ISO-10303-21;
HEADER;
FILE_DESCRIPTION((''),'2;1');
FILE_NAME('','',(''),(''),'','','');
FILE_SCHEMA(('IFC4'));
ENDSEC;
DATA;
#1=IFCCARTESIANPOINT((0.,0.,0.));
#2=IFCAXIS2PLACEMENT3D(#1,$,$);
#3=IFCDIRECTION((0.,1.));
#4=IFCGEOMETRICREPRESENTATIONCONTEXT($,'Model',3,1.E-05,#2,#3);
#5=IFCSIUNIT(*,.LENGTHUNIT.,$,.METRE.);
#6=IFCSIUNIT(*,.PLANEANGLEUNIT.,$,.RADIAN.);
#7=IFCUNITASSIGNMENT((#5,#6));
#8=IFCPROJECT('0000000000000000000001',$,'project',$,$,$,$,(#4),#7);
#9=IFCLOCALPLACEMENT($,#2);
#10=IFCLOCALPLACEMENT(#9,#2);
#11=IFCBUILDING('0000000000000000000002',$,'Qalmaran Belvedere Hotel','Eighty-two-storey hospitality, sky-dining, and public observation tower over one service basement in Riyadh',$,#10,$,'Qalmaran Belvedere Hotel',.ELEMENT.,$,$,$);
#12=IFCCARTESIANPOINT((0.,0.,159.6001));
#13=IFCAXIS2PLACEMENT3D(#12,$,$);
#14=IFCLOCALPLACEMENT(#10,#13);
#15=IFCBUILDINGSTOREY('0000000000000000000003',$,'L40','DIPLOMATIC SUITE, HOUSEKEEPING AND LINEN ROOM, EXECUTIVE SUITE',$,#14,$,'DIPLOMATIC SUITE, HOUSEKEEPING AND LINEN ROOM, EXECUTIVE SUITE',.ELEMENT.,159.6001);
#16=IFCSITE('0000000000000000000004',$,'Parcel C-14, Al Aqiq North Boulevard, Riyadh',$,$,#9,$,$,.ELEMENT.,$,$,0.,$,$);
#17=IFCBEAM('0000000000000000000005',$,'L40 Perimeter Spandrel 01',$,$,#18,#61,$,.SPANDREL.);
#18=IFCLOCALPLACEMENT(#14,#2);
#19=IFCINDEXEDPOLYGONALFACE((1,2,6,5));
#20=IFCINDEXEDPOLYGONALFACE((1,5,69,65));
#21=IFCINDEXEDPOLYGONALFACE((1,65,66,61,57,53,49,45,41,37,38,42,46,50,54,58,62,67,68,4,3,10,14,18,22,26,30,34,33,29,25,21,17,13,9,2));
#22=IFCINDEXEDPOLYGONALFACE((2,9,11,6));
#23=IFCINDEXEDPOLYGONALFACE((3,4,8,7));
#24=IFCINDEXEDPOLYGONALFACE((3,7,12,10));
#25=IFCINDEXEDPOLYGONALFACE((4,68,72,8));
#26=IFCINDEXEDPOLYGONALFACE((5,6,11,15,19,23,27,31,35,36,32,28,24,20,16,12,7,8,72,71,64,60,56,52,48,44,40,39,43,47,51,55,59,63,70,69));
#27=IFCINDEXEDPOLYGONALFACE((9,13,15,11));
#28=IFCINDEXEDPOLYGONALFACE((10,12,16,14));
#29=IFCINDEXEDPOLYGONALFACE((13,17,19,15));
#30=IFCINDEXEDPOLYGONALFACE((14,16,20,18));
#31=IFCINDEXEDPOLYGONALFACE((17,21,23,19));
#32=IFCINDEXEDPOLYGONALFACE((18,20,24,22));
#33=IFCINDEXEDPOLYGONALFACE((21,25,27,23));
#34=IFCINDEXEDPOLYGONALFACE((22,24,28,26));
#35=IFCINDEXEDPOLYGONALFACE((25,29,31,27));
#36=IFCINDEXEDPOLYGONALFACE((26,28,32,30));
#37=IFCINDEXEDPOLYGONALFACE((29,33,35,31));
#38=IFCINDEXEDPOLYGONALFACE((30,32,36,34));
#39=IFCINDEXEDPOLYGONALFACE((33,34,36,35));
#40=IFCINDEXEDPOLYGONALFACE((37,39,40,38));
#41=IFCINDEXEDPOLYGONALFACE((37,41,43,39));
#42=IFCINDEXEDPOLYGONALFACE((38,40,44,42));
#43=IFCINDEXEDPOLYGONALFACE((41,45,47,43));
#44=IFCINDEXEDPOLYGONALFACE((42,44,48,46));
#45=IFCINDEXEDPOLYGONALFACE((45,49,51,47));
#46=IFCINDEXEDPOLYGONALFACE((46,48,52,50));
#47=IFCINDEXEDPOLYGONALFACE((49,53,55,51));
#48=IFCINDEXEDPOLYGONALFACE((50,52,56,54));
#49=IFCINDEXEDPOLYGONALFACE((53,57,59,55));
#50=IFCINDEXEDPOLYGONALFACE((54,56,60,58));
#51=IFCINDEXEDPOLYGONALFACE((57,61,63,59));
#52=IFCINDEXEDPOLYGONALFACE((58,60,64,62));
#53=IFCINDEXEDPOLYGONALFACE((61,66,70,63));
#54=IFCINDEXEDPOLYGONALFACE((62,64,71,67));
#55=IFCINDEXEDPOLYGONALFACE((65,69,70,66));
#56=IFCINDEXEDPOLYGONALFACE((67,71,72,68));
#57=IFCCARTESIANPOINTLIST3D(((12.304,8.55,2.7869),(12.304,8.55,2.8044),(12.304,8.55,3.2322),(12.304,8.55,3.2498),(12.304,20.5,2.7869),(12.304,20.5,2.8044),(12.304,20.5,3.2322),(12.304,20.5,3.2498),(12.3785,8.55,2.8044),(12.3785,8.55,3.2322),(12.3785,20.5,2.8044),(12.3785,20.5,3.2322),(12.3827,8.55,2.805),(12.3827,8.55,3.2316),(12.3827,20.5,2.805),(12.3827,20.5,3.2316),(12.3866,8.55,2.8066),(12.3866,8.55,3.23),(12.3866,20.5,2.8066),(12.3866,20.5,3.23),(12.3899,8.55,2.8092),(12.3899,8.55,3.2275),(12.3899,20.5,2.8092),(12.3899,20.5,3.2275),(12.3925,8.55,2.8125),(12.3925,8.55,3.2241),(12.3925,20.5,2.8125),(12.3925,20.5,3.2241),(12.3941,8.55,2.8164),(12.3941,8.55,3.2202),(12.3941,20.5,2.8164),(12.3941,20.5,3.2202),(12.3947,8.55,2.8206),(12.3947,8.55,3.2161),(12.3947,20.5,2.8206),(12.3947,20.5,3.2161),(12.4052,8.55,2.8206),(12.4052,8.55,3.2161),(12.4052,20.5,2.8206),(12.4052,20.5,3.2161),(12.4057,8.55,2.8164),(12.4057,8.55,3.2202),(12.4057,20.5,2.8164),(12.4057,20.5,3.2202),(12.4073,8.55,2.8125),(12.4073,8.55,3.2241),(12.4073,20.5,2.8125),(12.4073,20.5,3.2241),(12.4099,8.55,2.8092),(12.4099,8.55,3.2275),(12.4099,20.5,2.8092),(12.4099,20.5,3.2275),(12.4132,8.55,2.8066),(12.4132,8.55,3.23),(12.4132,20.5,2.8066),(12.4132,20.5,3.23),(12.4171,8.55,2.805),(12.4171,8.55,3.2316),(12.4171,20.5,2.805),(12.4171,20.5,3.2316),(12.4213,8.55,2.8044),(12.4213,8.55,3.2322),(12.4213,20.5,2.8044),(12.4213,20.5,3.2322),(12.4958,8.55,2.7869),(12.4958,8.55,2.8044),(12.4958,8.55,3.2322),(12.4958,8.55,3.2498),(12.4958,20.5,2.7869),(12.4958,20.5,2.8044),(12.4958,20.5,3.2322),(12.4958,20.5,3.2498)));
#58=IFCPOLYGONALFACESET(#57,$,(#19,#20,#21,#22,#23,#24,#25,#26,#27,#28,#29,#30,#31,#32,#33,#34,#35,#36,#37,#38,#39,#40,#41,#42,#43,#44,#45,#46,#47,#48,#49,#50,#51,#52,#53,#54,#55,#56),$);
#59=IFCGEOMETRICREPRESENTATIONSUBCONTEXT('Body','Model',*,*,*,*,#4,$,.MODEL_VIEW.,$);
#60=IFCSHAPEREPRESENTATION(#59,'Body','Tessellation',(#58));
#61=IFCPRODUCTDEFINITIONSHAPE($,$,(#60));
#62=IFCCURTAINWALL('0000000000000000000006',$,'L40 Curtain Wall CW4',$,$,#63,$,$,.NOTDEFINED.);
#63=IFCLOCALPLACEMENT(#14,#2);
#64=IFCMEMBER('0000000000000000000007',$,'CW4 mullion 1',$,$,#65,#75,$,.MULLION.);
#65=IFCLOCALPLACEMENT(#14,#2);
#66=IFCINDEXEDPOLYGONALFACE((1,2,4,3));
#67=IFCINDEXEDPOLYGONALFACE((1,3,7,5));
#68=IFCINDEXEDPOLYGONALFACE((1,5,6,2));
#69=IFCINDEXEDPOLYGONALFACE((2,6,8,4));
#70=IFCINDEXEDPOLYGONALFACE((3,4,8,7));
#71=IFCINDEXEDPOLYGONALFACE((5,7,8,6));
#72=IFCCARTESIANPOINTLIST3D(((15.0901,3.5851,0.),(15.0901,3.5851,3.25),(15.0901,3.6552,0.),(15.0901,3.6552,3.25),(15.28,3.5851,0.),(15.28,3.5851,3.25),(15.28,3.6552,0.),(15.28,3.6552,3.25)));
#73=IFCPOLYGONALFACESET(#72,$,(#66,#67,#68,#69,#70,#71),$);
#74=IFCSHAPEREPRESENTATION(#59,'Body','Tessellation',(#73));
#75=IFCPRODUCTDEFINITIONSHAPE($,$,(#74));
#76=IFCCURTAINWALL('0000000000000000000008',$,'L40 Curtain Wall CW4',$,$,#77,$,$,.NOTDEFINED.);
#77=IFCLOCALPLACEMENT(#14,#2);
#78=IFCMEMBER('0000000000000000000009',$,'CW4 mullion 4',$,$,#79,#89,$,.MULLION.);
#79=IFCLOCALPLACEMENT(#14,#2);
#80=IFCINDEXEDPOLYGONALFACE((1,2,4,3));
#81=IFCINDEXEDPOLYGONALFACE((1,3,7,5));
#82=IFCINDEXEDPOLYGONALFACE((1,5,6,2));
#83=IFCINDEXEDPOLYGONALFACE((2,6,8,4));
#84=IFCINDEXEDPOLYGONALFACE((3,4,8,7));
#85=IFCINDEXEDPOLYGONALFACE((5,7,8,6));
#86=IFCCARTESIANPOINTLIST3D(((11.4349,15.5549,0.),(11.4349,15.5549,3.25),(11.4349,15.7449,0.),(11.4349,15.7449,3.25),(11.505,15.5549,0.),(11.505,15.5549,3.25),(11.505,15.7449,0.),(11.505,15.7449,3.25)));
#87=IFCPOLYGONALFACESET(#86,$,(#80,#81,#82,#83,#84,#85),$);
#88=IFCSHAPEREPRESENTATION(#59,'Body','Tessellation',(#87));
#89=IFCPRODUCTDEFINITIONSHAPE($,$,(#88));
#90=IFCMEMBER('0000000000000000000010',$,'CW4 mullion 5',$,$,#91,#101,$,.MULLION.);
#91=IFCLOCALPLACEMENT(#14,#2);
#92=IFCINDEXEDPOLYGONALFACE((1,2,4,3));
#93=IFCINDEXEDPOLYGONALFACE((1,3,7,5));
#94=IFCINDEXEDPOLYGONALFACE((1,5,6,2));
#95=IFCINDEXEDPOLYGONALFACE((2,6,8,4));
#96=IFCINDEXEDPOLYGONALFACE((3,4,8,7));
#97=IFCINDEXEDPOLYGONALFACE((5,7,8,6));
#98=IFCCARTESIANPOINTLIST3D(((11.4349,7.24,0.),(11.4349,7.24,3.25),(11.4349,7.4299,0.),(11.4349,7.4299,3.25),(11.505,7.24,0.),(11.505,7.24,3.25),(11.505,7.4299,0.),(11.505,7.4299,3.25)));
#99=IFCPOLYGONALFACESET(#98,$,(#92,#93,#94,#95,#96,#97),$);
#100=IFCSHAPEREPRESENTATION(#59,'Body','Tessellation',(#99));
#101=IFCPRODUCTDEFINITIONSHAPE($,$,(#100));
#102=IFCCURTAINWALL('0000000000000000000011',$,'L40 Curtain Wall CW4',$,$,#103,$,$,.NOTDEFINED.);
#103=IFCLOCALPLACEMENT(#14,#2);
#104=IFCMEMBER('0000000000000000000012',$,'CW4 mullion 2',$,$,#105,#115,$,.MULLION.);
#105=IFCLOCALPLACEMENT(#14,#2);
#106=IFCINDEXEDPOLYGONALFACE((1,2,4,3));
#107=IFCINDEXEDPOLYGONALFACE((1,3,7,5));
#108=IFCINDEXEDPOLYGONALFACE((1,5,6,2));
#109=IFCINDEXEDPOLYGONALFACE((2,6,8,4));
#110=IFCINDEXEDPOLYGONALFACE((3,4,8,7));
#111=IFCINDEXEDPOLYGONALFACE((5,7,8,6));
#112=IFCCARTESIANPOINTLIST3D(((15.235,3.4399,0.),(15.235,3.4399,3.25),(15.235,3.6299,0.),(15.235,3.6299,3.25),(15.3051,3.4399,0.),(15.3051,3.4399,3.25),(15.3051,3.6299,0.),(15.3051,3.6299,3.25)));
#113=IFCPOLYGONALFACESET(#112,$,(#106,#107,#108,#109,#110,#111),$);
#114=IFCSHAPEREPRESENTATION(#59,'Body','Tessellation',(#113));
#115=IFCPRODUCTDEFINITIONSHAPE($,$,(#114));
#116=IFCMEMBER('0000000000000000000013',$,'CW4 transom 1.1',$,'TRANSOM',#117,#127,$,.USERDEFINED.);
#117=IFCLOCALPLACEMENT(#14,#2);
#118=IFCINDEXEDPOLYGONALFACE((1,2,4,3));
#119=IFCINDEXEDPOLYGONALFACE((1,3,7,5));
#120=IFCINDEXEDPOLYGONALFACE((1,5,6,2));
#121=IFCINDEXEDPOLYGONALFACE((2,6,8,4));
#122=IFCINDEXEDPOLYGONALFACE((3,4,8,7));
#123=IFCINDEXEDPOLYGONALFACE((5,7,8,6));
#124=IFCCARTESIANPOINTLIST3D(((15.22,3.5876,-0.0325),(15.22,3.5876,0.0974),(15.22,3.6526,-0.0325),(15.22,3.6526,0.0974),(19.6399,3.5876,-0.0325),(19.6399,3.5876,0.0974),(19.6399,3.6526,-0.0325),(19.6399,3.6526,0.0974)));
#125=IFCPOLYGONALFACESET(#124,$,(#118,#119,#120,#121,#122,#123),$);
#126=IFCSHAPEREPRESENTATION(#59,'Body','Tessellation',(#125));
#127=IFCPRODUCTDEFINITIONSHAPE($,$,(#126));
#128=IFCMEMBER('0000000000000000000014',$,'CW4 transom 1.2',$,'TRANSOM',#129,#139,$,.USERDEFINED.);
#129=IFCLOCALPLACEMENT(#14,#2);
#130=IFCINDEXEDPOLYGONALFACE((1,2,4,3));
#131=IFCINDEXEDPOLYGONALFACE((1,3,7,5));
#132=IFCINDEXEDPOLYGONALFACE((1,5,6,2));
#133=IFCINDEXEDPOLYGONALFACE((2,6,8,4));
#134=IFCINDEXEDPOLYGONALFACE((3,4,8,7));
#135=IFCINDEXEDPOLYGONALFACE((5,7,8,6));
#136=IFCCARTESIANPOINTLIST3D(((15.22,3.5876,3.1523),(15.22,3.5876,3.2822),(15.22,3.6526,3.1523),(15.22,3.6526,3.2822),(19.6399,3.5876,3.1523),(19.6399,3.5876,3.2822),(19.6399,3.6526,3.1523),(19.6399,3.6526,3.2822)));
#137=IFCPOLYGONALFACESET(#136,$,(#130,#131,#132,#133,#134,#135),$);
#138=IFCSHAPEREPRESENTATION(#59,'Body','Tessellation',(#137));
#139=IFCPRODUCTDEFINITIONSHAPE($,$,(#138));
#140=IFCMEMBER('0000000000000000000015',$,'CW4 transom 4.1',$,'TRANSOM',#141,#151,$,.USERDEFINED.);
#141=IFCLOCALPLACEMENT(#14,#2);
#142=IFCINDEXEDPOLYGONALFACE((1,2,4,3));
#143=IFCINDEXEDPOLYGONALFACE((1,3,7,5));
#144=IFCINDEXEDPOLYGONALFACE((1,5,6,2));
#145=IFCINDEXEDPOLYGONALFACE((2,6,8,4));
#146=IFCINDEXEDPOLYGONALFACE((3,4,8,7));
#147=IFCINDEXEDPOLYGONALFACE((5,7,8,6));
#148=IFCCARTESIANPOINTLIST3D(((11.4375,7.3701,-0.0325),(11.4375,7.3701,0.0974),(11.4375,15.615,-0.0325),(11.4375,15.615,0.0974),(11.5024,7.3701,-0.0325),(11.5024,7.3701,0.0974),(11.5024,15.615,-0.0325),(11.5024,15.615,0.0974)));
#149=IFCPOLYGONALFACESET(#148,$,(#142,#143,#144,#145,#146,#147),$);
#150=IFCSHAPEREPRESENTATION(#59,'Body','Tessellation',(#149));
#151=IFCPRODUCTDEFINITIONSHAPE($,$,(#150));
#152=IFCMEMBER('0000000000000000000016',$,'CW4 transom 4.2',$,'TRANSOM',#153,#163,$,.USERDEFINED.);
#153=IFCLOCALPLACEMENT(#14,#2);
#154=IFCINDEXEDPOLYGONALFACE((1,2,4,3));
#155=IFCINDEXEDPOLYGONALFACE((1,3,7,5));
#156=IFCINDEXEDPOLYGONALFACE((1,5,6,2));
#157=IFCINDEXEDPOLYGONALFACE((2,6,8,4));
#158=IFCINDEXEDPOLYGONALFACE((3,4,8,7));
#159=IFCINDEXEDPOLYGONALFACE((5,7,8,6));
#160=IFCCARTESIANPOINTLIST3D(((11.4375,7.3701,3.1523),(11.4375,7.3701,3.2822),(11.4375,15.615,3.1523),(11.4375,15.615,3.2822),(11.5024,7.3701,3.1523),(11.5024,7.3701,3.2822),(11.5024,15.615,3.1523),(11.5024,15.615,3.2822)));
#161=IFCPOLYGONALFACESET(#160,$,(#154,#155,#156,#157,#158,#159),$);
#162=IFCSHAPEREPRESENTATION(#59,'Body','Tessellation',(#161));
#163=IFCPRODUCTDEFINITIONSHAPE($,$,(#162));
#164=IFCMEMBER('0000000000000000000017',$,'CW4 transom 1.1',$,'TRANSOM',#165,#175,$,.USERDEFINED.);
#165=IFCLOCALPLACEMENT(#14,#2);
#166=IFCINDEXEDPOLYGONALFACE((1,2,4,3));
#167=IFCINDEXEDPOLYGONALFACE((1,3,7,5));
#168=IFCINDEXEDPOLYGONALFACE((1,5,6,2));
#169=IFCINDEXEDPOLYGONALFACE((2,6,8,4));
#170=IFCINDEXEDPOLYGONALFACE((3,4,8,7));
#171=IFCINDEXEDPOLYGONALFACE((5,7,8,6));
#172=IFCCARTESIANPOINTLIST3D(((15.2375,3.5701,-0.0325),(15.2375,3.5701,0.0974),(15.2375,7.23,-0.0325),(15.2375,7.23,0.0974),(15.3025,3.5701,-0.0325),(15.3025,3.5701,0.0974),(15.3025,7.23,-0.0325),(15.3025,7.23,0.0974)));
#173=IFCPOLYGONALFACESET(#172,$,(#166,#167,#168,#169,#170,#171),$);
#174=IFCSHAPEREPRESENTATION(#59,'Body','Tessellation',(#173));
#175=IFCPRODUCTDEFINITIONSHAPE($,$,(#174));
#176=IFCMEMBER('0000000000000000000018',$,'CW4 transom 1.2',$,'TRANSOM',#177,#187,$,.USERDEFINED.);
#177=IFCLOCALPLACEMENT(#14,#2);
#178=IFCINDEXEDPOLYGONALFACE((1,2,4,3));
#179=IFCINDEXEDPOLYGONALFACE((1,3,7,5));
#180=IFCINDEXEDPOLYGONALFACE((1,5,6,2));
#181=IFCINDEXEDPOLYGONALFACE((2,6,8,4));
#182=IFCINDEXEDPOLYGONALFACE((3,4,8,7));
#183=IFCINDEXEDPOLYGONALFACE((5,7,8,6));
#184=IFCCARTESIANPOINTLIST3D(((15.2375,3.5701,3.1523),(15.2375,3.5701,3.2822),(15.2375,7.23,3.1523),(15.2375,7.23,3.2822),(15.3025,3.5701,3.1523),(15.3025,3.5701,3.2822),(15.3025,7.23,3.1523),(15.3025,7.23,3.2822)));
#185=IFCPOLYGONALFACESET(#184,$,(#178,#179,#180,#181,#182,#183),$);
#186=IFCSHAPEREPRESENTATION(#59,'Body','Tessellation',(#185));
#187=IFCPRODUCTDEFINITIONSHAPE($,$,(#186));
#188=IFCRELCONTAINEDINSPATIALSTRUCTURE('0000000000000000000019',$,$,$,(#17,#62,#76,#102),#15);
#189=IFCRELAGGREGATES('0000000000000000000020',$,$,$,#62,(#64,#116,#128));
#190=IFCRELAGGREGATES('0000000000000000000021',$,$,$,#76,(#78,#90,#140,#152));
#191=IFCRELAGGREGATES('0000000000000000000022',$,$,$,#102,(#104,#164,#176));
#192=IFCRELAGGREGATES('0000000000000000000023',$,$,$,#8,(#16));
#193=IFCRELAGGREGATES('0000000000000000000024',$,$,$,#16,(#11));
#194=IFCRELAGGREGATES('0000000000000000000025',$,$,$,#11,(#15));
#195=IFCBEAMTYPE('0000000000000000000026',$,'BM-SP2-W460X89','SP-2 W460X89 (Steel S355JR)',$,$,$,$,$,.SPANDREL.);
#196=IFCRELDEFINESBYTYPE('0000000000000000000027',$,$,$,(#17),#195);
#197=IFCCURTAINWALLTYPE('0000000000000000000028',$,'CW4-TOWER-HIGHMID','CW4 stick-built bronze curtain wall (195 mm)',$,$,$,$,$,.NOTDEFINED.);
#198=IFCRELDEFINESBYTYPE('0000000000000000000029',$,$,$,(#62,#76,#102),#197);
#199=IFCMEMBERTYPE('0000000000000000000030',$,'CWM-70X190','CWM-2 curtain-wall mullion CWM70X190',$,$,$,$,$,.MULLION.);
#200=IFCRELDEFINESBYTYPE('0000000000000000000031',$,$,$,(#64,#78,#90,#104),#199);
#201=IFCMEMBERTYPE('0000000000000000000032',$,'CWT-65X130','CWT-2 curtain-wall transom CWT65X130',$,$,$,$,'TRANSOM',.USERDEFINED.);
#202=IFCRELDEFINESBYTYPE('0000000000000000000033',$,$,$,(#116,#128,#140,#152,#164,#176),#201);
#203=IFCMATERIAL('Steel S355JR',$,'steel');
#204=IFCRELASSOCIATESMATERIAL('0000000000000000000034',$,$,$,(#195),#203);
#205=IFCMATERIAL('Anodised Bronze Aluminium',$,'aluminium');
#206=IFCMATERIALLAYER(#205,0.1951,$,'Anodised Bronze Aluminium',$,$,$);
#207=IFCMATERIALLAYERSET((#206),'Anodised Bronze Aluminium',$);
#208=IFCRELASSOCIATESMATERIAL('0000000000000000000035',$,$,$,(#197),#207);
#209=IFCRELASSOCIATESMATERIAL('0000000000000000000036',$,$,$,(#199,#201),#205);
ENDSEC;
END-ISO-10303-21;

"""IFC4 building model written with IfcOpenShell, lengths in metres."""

from ifc_helpers import new_model, si_unit, direction, frame, origin, origin_2d, place, context, subcontext, project, spatial, rectangle, i_section, extrude, material, layer, layer_set, material_profile, profile_set, type_object, element, aggregate, save


model = new_model("IFC4")

# Units and contexts
model_context = context("Model", 3, precision=1e-05, world=origin(), true_north=direction((0.0, 1.0)))
body_context = subcontext(model_context, "Body", "Model", "MODEL_VIEW")
ifc_project = project(units=[si_unit("LENGTHUNIT", "METRE"), si_unit("PLANEANGLEUNIT", "RADIAN")], contexts=[model_context])

# Site, building, storey
site_placement = place(None, origin())
site = spatial("IfcSite", under=ifc_project, at=site_placement, Name="Parcel C-14, Al Aqiq North Boulevard, Riyadh", CompositionType="ELEMENT", RefElevation=0.0)
building_placement = place(site_placement, origin())
building = spatial("IfcBuilding", under=site, at=building_placement, Name="Qalmaran Belvedere Hotel", Description="Eighty-two-storey hospitality, sky-dining, and public observation tower over one service basement in Riyadh", LongName="Qalmaran Belvedere Hotel", CompositionType="ELEMENT")
storey_placement = place(building_placement, frame((0.0, 0.0, 159.6001)))
storey = spatial("IfcBuildingStorey", under=building, at=storey_placement, Name="L40", Description="DIPLOMATIC SUITE, HOUSEKEEPING AND LINEN ROOM, EXECUTIVE SUITE", LongName="DIPLOMATIC SUITE, HOUSEKEEPING AND LINEN ROOM, EXECUTIVE SUITE", CompositionType="ELEMENT", Elevation=159.6001)

# Beam
ifc_material_1 = material(Name="Steel S355JR", Category="steel")
ifc_material_profile_1 = material_profile(ifc_material_1, i_section(OverallWidth=0.1919, OverallDepth=0.4629, WebThickness=0.0105, FlangeThickness=0.0176, FilletRadius=0.0161, at=origin_2d()), Name="W460X89")
ifc_profile_set_1 = profile_set([ifc_material_profile_1], Name="Steel S355JR")
beam_type_1 = type_object("IfcBeamType", Name="BM-SP2-W460X89", Description="SP-2 W460X89 (Steel S355JR)", PredefinedType="SPANDREL", material=ifc_profile_set_1)
beam_1_placement = place(storey_placement, frame((12.3999, 8.55, 3.0183), z_axis=(0.0, 1.0, 0.0), x_axis=(-1.0, 0.0, 0.0)))
element("IfcBeam", 1, at=beam_1_placement, inside=storey, type_object=beam_type_1, Name="L40 Perimeter Spandrel 01", PredefinedType="SPANDREL", context=body_context, shape_type="SweptSolid", body=[
    extrude(i_section(OverallWidth=0.1919, OverallDepth=0.4629, WebThickness=0.0105, FlangeThickness=0.0176, FilletRadius=0.0161, at=origin_2d()), origin(), (0.0, 0.0, 1.0), 11.95),
])

# Curtain wall, member
ifc_material_2 = material(Name="Anodised Bronze Aluminium", Category="aluminium")
ifc_layer_1 = layer(ifc_material_2, 0.1951, Name="Anodised Bronze Aluminium")
ifc_layer_set_1 = layer_set([ifc_layer_1], Name="Anodised Bronze Aluminium")
curtain_wall_type = type_object("IfcCurtainWallType", Name="CW4-TOWER-HIGHMID", Description="CW4 stick-built bronze curtain wall (195 mm)", PredefinedType="NOTDEFINED", material=ifc_layer_set_1)
curtain_wall_1_placement = place(storey_placement, origin())
curtain_wall_1 = element("IfcCurtainWall", 2, at=curtain_wall_1_placement, inside=storey, type_object=curtain_wall_type, Name="L40 Curtain Wall CW4", PredefinedType="NOTDEFINED")
ifc_material_profile_2 = material_profile(ifc_material_2, rectangle(XDim=0.0701, YDim=0.1899, at=origin_2d()), Name="CWM70X190")
ifc_profile_set_2 = profile_set([ifc_material_profile_2], Name="Anodised Bronze Aluminium")
member_type_1 = type_object("IfcMemberType", Name="CWM-70X190", Description="CWM-2 curtain-wall mullion CWM70X190", PredefinedType="MULLION", material=ifc_profile_set_2)
member_1_placement = place(storey_placement, frame((15.1851, 3.6201, 0.0), z_axis=(0.0, 0.0, 1.0), x_axis=(0.0, 1.0, 0.0)))
member_1 = element("IfcMember", 3, at=member_1_placement, type_object=member_type_1, Name="CW4 mullion 1", PredefinedType="MULLION", context=body_context, shape_type="SweptSolid", body=[
    extrude(rectangle(XDim=0.0701, YDim=0.1899, at=origin_2d()), origin(), (0.0, 0.0, 1.0), 3.25),
])

# Curtain wall, members
curtain_wall_2_placement = place(storey_placement, origin())
curtain_wall_2 = element("IfcCurtainWall", 4, at=curtain_wall_2_placement, inside=storey, type_object=curtain_wall_type, Name="L40 Curtain Wall CW4", PredefinedType="NOTDEFINED")
member_2_placement = place(storey_placement, frame((11.47, 15.6499, 0.0), z_axis=(0.0, 0.0, 1.0), x_axis=(1.0, 0.0, 0.0)))
member_2 = element("IfcMember", 5, at=member_2_placement, type_object=member_type_1, Name="CW4 mullion 4", PredefinedType="MULLION", context=body_context, shape_type="SweptSolid", body=[
    extrude(rectangle(XDim=0.0701, YDim=0.1899, at=origin_2d()), origin(), (0.0, 0.0, 1.0), 3.25),
])
member_3_placement = place(storey_placement, frame((11.47, 7.335, 0.0), z_axis=(0.0, 0.0, 1.0), x_axis=(1.0, 0.0, 0.0)))
member_3 = element("IfcMember", 6, at=member_3_placement, type_object=member_type_1, Name="CW4 mullion 5", PredefinedType="MULLION", context=body_context, shape_type="SweptSolid", body=[
    extrude(rectangle(XDim=0.0701, YDim=0.1899, at=origin_2d()), origin(), (0.0, 0.0, 1.0), 3.25),
])

# Curtain wall, member
curtain_wall_3_placement = place(storey_placement, origin())
curtain_wall_3 = element("IfcCurtainWall", 7, at=curtain_wall_3_placement, inside=storey, type_object=curtain_wall_type, Name="L40 Curtain Wall CW4", PredefinedType="NOTDEFINED")
member_4_placement = place(storey_placement, frame((15.27, 3.5349, 0.0), z_axis=(0.0, 0.0, 1.0), x_axis=(1.0, 0.0, 0.0)))
member_4 = element("IfcMember", 8, at=member_4_placement, type_object=member_type_1, Name="CW4 mullion 2", PredefinedType="MULLION", context=body_context, shape_type="SweptSolid", body=[
    extrude(rectangle(XDim=0.0701, YDim=0.1899, at=origin_2d()), origin(), (0.0, 0.0, 1.0), 3.25),
])

# Members
ifc_material_profile_3 = material_profile(ifc_material_2, rectangle(XDim=0.0649, YDim=0.1299, at=origin_2d()), Name="CWT65X130")
ifc_profile_set_3 = profile_set([ifc_material_profile_3], Name="Anodised Bronze Aluminium")
member_type_2 = type_object("IfcMemberType", Name="CWT-65X130", Description="CWT-2 curtain-wall transom CWT65X130", ElementType="TRANSOM", PredefinedType="USERDEFINED", material=ifc_profile_set_3)
member_5_placement = place(storey_placement, frame((15.22, 3.6201, 0.0325), z_axis=(1.0, 0.0, 0.0), x_axis=(0.0, 1.0, 0.0)))
member_5 = element("IfcMember", 9, at=member_5_placement, type_object=member_type_2, Name="CW4 transom 1.1", ObjectType="TRANSOM", PredefinedType="USERDEFINED", context=body_context, shape_type="SweptSolid", body=[
    extrude(rectangle(XDim=0.0649, YDim=0.1299, at=origin_2d()), origin(), (0.0, 0.0, 1.0), 4.4199),
])
member_6_placement = place(storey_placement, frame((15.22, 3.6201, 3.2173), z_axis=(1.0, 0.0, 0.0), x_axis=(0.0, 1.0, 0.0)))
member_6 = element("IfcMember", 10, at=member_6_placement, type_object=member_type_2, Name="CW4 transom 1.2", ObjectType="TRANSOM", PredefinedType="USERDEFINED", context=body_context, shape_type="SweptSolid", body=[
    extrude(rectangle(XDim=0.0649, YDim=0.1299, at=origin_2d()), origin(), (0.0, 0.0, 1.0), 4.4199),
])
aggregate(curtain_wall_1, [member_1, member_5, member_6])
member_7_placement = place(storey_placement, frame((11.47, 15.615, 0.0325), z_axis=(0.0, -1.0, 0.0), x_axis=(1.0, 0.0, 0.0)))
member_7 = element("IfcMember", 11, at=member_7_placement, type_object=member_type_2, Name="CW4 transom 4.1", ObjectType="TRANSOM", PredefinedType="USERDEFINED", context=body_context, shape_type="SweptSolid", body=[
    extrude(rectangle(XDim=0.0649, YDim=0.1299, at=origin_2d()), origin(), (0.0, 0.0, 1.0), 8.2449),
])
member_8_placement = place(storey_placement, frame((11.47, 15.615, 3.2173), z_axis=(0.0, -1.0, 0.0), x_axis=(1.0, 0.0, 0.0)))
member_8 = element("IfcMember", 12, at=member_8_placement, type_object=member_type_2, Name="CW4 transom 4.2", ObjectType="TRANSOM", PredefinedType="USERDEFINED", context=body_context, shape_type="SweptSolid", body=[
    extrude(rectangle(XDim=0.0649, YDim=0.1299, at=origin_2d()), origin(), (0.0, 0.0, 1.0), 8.2449),
])
member_9_placement = place(storey_placement, frame((15.27, 7.23, 0.0325), z_axis=(0.0, -1.0, 0.0), x_axis=(1.0, 0.0, 0.0)))
member_9 = element("IfcMember", 13, at=member_9_placement, type_object=member_type_2, Name="CW4 transom 1.1", ObjectType="TRANSOM", PredefinedType="USERDEFINED", context=body_context, shape_type="SweptSolid", body=[
    extrude(rectangle(XDim=0.0649, YDim=0.1299, at=origin_2d()), origin(), (0.0, 0.0, 1.0), 3.6599),
])
member_10_placement = place(storey_placement, frame((15.27, 7.23, 3.2173), z_axis=(0.0, -1.0, 0.0), x_axis=(1.0, 0.0, 0.0)))
member_10 = element("IfcMember", 14, at=member_10_placement, type_object=member_type_2, Name="CW4 transom 1.2", ObjectType="TRANSOM", PredefinedType="USERDEFINED", context=body_context, shape_type="SweptSolid", body=[
    extrude(rectangle(XDim=0.0649, YDim=0.1299, at=origin_2d()), origin(), (0.0, 0.0, 1.0), 3.6599),
])

aggregate(curtain_wall_2, [member_2, member_3, member_7, member_8])
aggregate(curtain_wall_3, [member_4, member_9, member_10])

save(model, "model.ifc")
